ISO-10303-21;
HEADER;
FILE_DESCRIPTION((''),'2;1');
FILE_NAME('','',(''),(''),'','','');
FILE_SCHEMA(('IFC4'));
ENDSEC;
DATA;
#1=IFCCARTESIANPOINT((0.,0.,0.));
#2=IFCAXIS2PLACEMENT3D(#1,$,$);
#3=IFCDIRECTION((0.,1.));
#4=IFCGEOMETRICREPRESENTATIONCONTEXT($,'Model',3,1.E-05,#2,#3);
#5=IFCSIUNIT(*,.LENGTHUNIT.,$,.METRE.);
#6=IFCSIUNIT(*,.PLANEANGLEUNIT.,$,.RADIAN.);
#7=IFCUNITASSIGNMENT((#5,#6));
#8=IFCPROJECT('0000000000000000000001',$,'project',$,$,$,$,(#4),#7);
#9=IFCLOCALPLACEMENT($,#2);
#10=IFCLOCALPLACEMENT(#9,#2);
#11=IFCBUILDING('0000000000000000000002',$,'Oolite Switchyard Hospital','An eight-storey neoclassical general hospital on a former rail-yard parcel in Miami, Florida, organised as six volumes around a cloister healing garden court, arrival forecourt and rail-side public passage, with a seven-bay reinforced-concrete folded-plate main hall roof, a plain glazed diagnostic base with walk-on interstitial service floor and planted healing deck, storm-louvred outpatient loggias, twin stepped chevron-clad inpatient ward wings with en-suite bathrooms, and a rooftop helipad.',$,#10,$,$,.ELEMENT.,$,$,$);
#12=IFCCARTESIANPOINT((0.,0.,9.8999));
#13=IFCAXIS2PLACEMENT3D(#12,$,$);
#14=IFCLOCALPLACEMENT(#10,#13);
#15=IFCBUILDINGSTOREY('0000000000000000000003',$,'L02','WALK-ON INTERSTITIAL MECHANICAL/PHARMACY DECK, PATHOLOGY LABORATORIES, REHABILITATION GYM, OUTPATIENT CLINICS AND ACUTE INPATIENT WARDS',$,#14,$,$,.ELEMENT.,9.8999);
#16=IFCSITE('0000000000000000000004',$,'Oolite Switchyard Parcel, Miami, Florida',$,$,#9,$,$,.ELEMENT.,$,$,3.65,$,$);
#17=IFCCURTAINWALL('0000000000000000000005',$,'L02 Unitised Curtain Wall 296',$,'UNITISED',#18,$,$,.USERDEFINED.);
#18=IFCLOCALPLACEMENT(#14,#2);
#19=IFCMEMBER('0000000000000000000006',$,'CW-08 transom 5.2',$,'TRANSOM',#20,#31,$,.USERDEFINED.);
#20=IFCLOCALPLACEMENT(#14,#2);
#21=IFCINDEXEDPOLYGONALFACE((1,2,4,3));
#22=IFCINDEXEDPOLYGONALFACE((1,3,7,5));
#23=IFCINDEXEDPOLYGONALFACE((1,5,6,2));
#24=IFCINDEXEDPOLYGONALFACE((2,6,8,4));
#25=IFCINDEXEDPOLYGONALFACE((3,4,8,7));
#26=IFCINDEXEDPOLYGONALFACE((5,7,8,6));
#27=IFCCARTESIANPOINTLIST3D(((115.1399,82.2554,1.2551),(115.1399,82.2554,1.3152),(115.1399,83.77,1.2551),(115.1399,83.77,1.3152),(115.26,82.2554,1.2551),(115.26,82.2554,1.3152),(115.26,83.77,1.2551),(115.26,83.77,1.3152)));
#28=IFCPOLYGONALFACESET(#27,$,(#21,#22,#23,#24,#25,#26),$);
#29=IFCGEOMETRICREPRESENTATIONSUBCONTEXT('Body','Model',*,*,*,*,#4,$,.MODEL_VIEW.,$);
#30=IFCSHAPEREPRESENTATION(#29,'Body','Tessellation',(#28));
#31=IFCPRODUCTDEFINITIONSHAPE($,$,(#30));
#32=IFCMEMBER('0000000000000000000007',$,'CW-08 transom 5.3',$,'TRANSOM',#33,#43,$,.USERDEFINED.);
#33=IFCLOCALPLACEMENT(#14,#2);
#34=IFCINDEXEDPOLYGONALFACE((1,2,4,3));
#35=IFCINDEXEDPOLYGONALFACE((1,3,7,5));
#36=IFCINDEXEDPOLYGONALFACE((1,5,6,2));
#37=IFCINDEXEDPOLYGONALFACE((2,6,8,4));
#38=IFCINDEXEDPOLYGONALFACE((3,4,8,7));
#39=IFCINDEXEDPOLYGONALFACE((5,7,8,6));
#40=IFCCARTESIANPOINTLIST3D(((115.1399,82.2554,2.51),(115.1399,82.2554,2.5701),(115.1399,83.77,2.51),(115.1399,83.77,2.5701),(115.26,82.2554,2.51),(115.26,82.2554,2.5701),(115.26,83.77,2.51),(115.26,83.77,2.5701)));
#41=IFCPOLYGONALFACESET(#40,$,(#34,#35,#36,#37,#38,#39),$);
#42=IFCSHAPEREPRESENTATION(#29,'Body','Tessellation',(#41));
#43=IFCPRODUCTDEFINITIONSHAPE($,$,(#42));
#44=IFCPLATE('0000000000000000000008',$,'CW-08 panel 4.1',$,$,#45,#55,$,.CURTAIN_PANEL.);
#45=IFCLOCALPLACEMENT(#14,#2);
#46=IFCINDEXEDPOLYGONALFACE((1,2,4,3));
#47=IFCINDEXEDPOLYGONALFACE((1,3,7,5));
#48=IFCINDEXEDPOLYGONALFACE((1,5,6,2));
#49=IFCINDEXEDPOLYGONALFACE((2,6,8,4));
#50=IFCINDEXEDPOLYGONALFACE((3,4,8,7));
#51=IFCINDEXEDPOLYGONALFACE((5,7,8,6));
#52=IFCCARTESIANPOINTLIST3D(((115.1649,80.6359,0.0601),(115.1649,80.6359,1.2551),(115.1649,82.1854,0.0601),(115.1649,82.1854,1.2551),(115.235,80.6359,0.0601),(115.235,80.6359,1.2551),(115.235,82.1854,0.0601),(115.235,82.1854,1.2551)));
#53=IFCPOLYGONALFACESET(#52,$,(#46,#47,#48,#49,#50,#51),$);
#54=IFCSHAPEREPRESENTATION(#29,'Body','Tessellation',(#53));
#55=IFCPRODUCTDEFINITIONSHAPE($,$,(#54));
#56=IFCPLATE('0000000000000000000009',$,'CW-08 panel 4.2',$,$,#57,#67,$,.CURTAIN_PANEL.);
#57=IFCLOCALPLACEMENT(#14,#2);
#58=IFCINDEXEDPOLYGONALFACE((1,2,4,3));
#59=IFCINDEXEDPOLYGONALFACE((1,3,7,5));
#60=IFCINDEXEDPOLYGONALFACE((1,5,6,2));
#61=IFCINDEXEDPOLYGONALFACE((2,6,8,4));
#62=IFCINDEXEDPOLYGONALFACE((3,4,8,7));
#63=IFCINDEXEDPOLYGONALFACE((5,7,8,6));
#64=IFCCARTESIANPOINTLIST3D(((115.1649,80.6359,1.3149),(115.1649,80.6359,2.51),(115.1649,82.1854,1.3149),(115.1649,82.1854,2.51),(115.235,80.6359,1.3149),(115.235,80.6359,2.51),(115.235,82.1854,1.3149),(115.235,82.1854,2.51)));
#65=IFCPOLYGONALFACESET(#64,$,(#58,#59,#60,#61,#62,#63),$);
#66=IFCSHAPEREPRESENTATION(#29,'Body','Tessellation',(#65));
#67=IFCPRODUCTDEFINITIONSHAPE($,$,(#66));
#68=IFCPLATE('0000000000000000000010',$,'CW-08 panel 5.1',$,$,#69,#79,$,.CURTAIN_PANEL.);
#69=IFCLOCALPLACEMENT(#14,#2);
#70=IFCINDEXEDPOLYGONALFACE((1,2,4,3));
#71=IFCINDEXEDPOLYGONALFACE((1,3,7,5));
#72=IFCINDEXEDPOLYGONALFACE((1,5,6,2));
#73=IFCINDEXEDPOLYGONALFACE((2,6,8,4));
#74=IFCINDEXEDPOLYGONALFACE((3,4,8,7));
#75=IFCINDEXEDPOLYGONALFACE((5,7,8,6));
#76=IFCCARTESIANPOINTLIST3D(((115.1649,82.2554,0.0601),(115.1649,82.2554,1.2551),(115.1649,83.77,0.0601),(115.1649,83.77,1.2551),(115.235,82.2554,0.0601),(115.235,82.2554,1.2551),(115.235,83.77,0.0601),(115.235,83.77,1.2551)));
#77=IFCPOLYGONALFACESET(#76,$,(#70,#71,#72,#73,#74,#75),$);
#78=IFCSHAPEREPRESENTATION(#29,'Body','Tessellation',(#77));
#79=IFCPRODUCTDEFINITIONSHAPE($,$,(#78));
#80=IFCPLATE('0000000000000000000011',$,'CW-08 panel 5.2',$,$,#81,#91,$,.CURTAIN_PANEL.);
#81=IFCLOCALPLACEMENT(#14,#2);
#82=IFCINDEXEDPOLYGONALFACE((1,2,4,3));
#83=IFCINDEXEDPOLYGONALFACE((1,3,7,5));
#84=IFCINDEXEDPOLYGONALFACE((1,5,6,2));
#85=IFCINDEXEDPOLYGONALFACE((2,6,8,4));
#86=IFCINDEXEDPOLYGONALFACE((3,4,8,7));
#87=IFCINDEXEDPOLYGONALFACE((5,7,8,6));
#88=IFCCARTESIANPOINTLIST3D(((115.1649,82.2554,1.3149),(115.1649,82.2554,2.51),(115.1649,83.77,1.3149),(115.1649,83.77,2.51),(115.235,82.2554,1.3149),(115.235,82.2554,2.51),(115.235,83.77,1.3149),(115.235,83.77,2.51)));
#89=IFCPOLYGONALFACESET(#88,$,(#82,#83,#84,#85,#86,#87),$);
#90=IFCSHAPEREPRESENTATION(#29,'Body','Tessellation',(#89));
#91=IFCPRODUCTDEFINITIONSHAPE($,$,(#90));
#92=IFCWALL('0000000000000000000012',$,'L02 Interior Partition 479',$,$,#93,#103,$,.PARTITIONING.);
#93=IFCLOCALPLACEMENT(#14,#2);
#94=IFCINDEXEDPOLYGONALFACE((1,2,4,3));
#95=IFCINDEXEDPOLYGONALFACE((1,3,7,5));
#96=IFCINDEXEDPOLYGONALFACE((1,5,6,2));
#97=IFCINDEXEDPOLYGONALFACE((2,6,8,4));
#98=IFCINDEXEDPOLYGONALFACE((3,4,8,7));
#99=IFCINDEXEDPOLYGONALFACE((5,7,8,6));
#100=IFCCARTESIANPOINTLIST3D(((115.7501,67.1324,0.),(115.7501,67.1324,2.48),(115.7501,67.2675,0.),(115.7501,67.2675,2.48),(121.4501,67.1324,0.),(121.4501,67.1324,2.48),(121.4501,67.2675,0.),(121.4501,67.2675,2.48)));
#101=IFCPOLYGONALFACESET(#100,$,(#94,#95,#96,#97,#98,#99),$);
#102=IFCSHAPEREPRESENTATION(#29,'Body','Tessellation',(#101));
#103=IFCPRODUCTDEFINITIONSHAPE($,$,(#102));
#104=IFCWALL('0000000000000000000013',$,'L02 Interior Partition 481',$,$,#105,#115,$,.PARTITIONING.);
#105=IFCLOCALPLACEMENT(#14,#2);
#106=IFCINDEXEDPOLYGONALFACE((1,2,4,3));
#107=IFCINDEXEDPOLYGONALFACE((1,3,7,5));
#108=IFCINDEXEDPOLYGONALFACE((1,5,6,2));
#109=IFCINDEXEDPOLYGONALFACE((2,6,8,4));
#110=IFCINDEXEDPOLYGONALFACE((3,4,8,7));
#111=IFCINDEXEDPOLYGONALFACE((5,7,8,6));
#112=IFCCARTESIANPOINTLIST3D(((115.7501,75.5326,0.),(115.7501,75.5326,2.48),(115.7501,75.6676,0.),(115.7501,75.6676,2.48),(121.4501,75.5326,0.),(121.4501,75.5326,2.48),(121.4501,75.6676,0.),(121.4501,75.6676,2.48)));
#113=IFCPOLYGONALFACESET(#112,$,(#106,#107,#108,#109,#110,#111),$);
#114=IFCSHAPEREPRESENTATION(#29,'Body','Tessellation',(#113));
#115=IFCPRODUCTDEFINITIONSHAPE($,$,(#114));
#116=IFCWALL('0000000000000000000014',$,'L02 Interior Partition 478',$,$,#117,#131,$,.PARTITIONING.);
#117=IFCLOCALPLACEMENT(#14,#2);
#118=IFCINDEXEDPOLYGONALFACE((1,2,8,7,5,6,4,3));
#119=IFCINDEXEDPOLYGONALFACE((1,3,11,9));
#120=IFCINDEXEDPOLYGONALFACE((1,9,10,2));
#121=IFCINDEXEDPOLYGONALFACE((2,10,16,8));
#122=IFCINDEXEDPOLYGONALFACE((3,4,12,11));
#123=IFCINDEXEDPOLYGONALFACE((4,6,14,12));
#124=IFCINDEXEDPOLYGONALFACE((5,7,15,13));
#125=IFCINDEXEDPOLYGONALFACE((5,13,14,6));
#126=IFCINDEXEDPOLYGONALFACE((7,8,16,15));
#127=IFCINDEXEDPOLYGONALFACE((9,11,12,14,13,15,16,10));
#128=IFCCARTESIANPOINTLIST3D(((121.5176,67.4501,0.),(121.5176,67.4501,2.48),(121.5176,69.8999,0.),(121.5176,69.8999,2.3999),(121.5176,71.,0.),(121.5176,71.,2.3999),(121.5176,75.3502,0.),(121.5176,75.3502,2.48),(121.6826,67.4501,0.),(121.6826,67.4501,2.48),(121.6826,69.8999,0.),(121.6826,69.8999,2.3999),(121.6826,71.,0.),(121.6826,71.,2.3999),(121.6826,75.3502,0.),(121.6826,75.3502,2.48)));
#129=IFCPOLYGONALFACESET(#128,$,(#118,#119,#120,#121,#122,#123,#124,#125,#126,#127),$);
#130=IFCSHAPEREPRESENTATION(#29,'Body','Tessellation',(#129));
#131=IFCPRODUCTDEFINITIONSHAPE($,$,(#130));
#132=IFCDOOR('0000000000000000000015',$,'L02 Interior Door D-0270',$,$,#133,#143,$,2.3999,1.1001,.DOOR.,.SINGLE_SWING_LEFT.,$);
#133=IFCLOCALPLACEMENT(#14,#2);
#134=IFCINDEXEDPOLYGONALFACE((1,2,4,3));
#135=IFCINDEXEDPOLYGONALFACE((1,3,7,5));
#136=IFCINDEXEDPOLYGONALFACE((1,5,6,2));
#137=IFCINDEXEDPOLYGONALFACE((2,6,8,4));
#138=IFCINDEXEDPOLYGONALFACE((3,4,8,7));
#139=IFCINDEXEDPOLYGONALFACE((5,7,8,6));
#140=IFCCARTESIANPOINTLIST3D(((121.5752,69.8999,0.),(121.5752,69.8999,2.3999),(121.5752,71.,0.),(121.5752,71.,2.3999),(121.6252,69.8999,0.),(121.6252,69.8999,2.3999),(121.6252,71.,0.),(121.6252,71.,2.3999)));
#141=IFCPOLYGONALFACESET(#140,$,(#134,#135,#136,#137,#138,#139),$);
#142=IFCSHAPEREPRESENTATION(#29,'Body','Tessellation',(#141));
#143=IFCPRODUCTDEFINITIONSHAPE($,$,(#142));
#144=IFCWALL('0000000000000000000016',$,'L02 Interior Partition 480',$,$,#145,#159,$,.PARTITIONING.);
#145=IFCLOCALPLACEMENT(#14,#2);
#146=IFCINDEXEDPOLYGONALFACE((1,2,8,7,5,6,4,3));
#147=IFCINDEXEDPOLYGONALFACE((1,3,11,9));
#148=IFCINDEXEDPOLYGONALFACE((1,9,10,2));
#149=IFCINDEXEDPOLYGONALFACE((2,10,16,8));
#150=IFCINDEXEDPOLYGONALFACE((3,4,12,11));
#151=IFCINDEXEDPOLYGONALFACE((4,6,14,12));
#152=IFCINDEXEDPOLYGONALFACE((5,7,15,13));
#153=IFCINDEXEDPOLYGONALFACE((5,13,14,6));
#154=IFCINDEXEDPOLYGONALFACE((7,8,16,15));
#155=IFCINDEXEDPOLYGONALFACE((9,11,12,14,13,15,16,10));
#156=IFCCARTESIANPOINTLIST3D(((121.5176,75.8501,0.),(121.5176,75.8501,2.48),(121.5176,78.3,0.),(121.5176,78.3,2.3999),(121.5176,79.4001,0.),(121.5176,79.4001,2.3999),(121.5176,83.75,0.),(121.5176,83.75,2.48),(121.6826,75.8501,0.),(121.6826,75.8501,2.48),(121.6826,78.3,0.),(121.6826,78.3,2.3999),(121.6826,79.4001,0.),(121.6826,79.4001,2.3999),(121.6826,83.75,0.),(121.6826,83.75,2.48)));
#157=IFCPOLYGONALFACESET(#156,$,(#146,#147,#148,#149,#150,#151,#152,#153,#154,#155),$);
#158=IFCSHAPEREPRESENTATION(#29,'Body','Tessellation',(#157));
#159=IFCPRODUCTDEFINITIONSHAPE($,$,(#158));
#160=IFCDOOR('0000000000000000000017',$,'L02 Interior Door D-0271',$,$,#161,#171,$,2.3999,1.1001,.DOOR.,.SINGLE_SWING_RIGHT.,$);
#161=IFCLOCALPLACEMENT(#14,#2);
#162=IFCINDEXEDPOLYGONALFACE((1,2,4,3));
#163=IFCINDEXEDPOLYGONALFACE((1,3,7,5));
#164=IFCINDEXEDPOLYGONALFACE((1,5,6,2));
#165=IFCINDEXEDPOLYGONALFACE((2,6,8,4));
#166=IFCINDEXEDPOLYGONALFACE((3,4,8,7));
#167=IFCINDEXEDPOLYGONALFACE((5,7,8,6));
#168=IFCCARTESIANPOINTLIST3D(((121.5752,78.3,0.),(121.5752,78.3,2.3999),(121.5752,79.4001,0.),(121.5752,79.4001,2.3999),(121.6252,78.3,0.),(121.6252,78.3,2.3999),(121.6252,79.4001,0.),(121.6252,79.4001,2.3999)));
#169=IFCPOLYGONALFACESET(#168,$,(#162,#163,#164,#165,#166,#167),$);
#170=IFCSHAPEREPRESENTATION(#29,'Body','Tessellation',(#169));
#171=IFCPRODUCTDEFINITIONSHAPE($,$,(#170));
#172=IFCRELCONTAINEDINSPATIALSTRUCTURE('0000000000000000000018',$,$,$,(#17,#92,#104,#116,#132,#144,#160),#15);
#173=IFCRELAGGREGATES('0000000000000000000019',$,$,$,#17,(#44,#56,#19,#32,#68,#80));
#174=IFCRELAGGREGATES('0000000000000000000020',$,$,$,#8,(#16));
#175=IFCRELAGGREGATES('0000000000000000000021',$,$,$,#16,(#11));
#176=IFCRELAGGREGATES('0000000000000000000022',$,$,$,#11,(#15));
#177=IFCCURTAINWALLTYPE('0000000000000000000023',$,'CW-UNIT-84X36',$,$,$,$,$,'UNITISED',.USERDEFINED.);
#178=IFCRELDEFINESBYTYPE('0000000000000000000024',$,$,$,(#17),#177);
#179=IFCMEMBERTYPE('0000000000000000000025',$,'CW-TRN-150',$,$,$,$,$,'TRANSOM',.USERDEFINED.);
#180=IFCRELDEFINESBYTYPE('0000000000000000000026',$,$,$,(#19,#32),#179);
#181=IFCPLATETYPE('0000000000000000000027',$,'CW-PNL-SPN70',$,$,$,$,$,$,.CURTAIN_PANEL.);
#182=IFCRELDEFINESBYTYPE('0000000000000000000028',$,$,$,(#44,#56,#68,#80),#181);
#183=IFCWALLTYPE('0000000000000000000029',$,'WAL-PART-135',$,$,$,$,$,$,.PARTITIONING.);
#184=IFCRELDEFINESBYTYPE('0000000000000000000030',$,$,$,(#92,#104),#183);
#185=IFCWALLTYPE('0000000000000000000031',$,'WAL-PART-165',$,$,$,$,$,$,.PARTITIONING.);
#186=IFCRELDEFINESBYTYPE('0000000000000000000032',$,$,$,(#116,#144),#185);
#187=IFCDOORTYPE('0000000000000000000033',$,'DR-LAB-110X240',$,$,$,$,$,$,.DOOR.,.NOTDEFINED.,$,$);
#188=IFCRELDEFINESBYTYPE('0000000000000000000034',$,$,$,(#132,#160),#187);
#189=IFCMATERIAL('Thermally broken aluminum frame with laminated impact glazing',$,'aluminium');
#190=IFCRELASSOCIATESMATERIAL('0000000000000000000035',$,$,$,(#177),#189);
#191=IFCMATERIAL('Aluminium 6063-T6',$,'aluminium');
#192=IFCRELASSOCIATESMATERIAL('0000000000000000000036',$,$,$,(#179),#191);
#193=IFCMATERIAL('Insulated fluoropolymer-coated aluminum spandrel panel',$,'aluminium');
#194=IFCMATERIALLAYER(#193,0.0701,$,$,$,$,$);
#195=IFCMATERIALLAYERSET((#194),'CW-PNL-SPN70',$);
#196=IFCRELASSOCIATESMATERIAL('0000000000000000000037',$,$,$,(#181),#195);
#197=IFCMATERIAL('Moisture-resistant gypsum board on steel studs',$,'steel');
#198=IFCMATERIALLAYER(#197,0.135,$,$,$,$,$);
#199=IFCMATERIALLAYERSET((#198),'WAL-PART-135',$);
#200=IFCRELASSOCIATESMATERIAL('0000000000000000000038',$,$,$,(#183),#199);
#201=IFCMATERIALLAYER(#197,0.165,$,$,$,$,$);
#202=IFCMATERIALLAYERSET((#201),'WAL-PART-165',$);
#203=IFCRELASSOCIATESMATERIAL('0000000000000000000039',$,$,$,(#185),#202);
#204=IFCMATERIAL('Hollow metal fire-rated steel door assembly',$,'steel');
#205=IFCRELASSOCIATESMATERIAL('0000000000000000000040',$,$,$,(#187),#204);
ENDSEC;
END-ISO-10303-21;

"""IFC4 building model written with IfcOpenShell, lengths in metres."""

from ifc_helpers import new_model, si_unit, direction, frame, frame_2d, origin, origin_2d, place, context, subcontext, project, spatial, rectangle, extrude, material, layer, layer_set, material_profile, profile_set, type_object, element, fill, aggregate, save


model = new_model("IFC4")

# Units and contexts
model_context = context("Model", 3, precision=1e-05, world=origin(), true_north=direction((0.0, 1.0)))
body_context = subcontext(model_context, "Body", "Model", "MODEL_VIEW")
ifc_project = project(units=[si_unit("LENGTHUNIT", "METRE"), si_unit("PLANEANGLEUNIT", "RADIAN")], contexts=[model_context])

# Site, building, storey
site_placement = place(None, origin())
site = spatial("IfcSite", under=ifc_project, at=site_placement, Name="Oolite Switchyard Parcel, Miami, Florida", CompositionType="ELEMENT", RefElevation=3.65)
building_placement = place(site_placement, origin())
building = spatial("IfcBuilding", under=site, at=building_placement, Name="Oolite Switchyard Hospital", Description="An eight-storey neoclassical general hospital on a former rail-yard parcel in Miami, Florida, organised as six volumes around a cloister healing garden court, arrival forecourt and rail-side public passage, with a seven-bay reinforced-concrete folded-plate main hall roof, a plain glazed diagnostic base with walk-on interstitial service floor and planted healing deck, storm-louvred outpatient loggias, twin stepped chevron-clad inpatient ward wings with en-suite bathrooms, and a rooftop helipad.", CompositionType="ELEMENT")
storey_placement = place(building_placement, frame((0.0, 0.0, 9.8999)))
storey = spatial("IfcBuildingStorey", under=building, at=storey_placement, Name="L02", Description="WALK-ON INTERSTITIAL MECHANICAL/PHARMACY DECK, PATHOLOGY LABORATORIES, REHABILITATION GYM, OUTPATIENT CLINICS AND ACUTE INPATIENT WARDS", CompositionType="ELEMENT", Elevation=9.8999)

# Curtain wall, members, plates
ifc_material_1 = material(Name="Thermally broken aluminum frame with laminated impact glazing", Category="aluminium")
curtain_wall_type = type_object("IfcCurtainWallType", Name="CW-UNIT-84X36", ElementType="UNITISED", PredefinedType="USERDEFINED", material=ifc_material_1)
curtain_wall_placement = place(storey_placement, origin())
curtain_wall = element("IfcCurtainWall", 1, at=curtain_wall_placement, inside=storey, type_object=curtain_wall_type, Name="L02 Unitised Curtain Wall 296", ObjectType="UNITISED", PredefinedType="USERDEFINED")
ifc_material_2 = material(Name="Aluminium 6063-T6", Category="aluminium")
ifc_material_profile_1 = material_profile(ifc_material_2, rectangle(XDim=0.1201, YDim=0.0601, at=origin_2d()), Name="CWT60X120")
ifc_profile_set_1 = profile_set([ifc_material_profile_1], Name="Aluminium 6063-T6")
member_type_1 = type_object("IfcMemberType", Name="CW-TRN-150", ElementType="TRANSOM", PredefinedType="USERDEFINED", material=ifc_profile_set_1)
member_1_placement = place(storey_placement, frame((115.2, 82.2554, 1.2852), z_axis=(0.0, 1.0, 0.0), x_axis=(-1.0, 0.0, 0.0)))
member_1 = element("IfcMember", 2, at=member_1_placement, type_object=member_type_1, Name="CW-08 transom 5.2", ObjectType="TRANSOM", PredefinedType="USERDEFINED", context=body_context, shape_type="SweptSolid", body=[
    extrude(rectangle(XDim=0.1201, YDim=0.0601, at=origin_2d()), origin(), (0.0, 0.0, 1.0), 1.5146),
])
member_2_placement = place(storey_placement, frame((115.2, 82.2554, 2.54), z_axis=(0.0, 1.0, 0.0), x_axis=(-1.0, 0.0, 0.0)))
member_2 = element("IfcMember", 3, at=member_2_placement, type_object=member_type_1, Name="CW-08 transom 5.3", ObjectType="TRANSOM", PredefinedType="USERDEFINED", context=body_context, shape_type="SweptSolid", body=[
    extrude(rectangle(XDim=0.1201, YDim=0.0601, at=origin_2d()), origin(), (0.0, 0.0, 1.0), 1.5146),
])
ifc_material_3 = material(Name="Insulated fluoropolymer-coated aluminum spandrel panel", Category="aluminium")
ifc_layer_1 = layer(ifc_material_3, 0.0701)
ifc_layer_set_1 = layer_set([ifc_layer_1], Name="CW-PNL-SPN70")
plate_type = type_object("IfcPlateType", Name="CW-PNL-SPN70", PredefinedType="CURTAIN_PANEL", material=ifc_layer_set_1)
plate_1_placement = place(storey_placement, frame((115.2, 81.4106, 0.0601), z_axis=(0.0, 0.0, 1.0), x_axis=(0.0, 1.0, 0.0)))
plate_1 = element("IfcPlate", 4, at=plate_1_placement, type_object=plate_type, Name="CW-08 panel 4.1", PredefinedType="CURTAIN_PANEL", context=body_context, shape_type="SweptSolid", body=[
    extrude(rectangle(XDim=1.5496, YDim=0.0701, at=origin_2d()), origin(), (0.0, 0.0, 1.0), 1.1951),
])
plate_2_placement = place(storey_placement, frame((115.2, 81.4106, 1.3149), z_axis=(0.0, 0.0, 1.0), x_axis=(0.0, 1.0, 0.0)))
plate_2 = element("IfcPlate", 5, at=plate_2_placement, type_object=plate_type, Name="CW-08 panel 4.2", PredefinedType="CURTAIN_PANEL", context=body_context, shape_type="SweptSolid", body=[
    extrude(rectangle(XDim=1.5496, YDim=0.0701, at=origin_2d()), origin(), (0.0, 0.0, 1.0), 1.1951),
])
plate_3_placement = place(storey_placement, frame((115.2, 83.0127, 0.0601), z_axis=(0.0, 0.0, 1.0), x_axis=(0.0, 1.0, 0.0)))
plate_3 = element("IfcPlate", 6, at=plate_3_placement, type_object=plate_type, Name="CW-08 panel 5.1", PredefinedType="CURTAIN_PANEL", context=body_context, shape_type="SweptSolid", body=[
    extrude(rectangle(XDim=1.5146, YDim=0.0701, at=origin_2d()), origin(), (0.0, 0.0, 1.0), 1.1951),
])
plate_4_placement = place(storey_placement, frame((115.2, 83.0127, 1.3149), z_axis=(0.0, 0.0, 1.0), x_axis=(0.0, 1.0, 0.0)))
plate_4 = element("IfcPlate", 7, at=plate_4_placement, type_object=plate_type, Name="CW-08 panel 5.2", PredefinedType="CURTAIN_PANEL", context=body_context, shape_type="SweptSolid", body=[
    extrude(rectangle(XDim=1.5146, YDim=0.0701, at=origin_2d()), origin(), (0.0, 0.0, 1.0), 1.1951),
])
aggregate(curtain_wall, [plate_1, plate_2, member_1, member_2, plate_3, plate_4])

# Walls
ifc_material_4 = material(Name="Moisture-resistant gypsum board on steel studs", Category="steel")
ifc_layer_2 = layer(ifc_material_4, 0.135)
ifc_layer_set_2 = layer_set([ifc_layer_2], Name="WAL-PART-135")
wall_type_1 = type_object("IfcWallType", Name="WAL-PART-135", PredefinedType="PARTITIONING", material=ifc_layer_set_2)
for number, where, z_axis, x_axis, name in (
    (8, (115.75, 67.2, 0.0), (0.0, 0.0, 1.0), (1.0, 0.0, 0.0), "L02 Interior Partition 479"),
    (9, (115.75, 75.6001, 0.0), (0.0, 0.0, 1.0), (1.0, 0.0, 0.0), "L02 Interior Partition 481"),
):
    element("IfcWall", number, at=place(storey_placement, frame(where, z_axis=z_axis, x_axis=x_axis)), inside=storey, type_object=wall_type_1, Name=name, PredefinedType="PARTITIONING", context=body_context, shape_type="SweptSolid", body=[
        extrude(rectangle(XDim=5.7, YDim=0.135, at=frame_2d((2.8501, 0.0))), origin(), (0.0, 0.0, 1.0), 2.48),
    ])

# Walls, openings, doors
ifc_layer_3 = layer(ifc_material_4, 0.165)
ifc_layer_set_3 = layer_set([ifc_layer_3], Name="WAL-PART-165")
wall_type_2 = type_object("IfcWallType", Name="WAL-PART-165", PredefinedType="PARTITIONING", material=ifc_layer_set_3)
wall_1_placement = place(storey_placement, frame((121.6001, 67.45, 0.0), z_axis=(0.0, 0.0, 1.0), x_axis=(0.0, 1.0, 0.0)))
wall_1 = element("IfcWall", 10, at=wall_1_placement, inside=storey, type_object=wall_type_2, Name="L02 Interior Partition 478", PredefinedType="PARTITIONING", context=body_context, shape_type="SweptSolid", body=[
    extrude(rectangle(XDim=7.9001, YDim=0.165, at=frame_2d((3.9502, 0.0))), origin(), (0.0, 0.0, 1.0), 2.48),
])
opening_1_placement = place(wall_1_placement, frame((2.45, 0.0, 0.0)))
opening_1 = element("IfcOpeningElement", 11, at=opening_1_placement, cuts=wall_1, PredefinedType="OPENING", context=body_context, shape_type="SweptSolid", body=[
    extrude(rectangle(XDim=1.1001, YDim=2.3999, at=frame_2d((0.55, 1.2))), frame((0.0, 0.0925, 0.0), z_axis=(0.0, -1.0, 0.0), x_axis=(1.0, 0.0, 0.0)), (0.0, 0.0, 1.0), 0.1851),
])
ifc_material_5 = material(Name="Hollow metal fire-rated steel door assembly", Category="steel")
door_type = type_object("IfcDoorType", Name="DR-LAB-110X240", OperationType="NOTDEFINED", PredefinedType="DOOR", material=ifc_material_5)
door_1_placement = place(opening_1_placement, origin())
door_1 = element("IfcDoor", 12, at=door_1_placement, inside=storey, type_object=door_type, Name="L02 Interior Door D-0270", OperationType="SINGLE_SWING_LEFT", OverallHeight=2.3999, OverallWidth=1.1001, PredefinedType="DOOR", context=body_context, shape_type="SweptSolid", body=[
    extrude(rectangle(XDim=1.1001, YDim=2.3999, at=frame_2d((0.55, 1.2))), frame((0.0, 0.0249, 0.0), z_axis=(0.0, -1.0, 0.0), x_axis=(1.0, 0.0, 0.0)), (0.0, 0.0, 1.0), 0.05),
])
fill(opening_1, door_1)
wall_2_placement = place(storey_placement, frame((121.6001, 75.8501, 0.0), z_axis=(0.0, 0.0, 1.0), x_axis=(0.0, 1.0, 0.0)))
wall_2 = element("IfcWall", 13, at=wall_2_placement, inside=storey, type_object=wall_type_2, Name="L02 Interior Partition 480", PredefinedType="PARTITIONING", context=body_context, shape_type="SweptSolid", body=[
    extrude(rectangle(XDim=7.8999, YDim=0.165, at=frame_2d((3.95, 0.0))), origin(), (0.0, 0.0, 1.0), 2.48),
])
opening_2_placement = place(wall_2_placement, frame((2.45, 0.0, 0.0)))
opening_2 = element("IfcOpeningElement", 14, at=opening_2_placement, cuts=wall_2, PredefinedType="OPENING", context=body_context, shape_type="SweptSolid", body=[
    extrude(rectangle(XDim=1.1001, YDim=2.3999, at=frame_2d((0.55, 1.2))), frame((0.0, 0.0925, 0.0), z_axis=(0.0, -1.0, 0.0), x_axis=(1.0, 0.0, 0.0)), (0.0, 0.0, 1.0), 0.1851),
])
door_2_placement = place(opening_2_placement, origin())
door_2 = element("IfcDoor", 15, at=door_2_placement, inside=storey, type_object=door_type, Name="L02 Interior Door D-0271", OperationType="SINGLE_SWING_RIGHT", OverallHeight=2.3999, OverallWidth=1.1001, PredefinedType="DOOR", context=body_context, shape_type="SweptSolid", body=[
    extrude(rectangle(XDim=1.1001, YDim=2.3999, at=frame_2d((0.55, 1.2))), frame((0.0, 0.0249, 0.0), z_axis=(0.0, -1.0, 0.0), x_axis=(1.0, 0.0, 0.0)), (0.0, 0.0, 1.0), 0.05),
])
fill(opening_2, door_2)

save(model, "model.ifc")
